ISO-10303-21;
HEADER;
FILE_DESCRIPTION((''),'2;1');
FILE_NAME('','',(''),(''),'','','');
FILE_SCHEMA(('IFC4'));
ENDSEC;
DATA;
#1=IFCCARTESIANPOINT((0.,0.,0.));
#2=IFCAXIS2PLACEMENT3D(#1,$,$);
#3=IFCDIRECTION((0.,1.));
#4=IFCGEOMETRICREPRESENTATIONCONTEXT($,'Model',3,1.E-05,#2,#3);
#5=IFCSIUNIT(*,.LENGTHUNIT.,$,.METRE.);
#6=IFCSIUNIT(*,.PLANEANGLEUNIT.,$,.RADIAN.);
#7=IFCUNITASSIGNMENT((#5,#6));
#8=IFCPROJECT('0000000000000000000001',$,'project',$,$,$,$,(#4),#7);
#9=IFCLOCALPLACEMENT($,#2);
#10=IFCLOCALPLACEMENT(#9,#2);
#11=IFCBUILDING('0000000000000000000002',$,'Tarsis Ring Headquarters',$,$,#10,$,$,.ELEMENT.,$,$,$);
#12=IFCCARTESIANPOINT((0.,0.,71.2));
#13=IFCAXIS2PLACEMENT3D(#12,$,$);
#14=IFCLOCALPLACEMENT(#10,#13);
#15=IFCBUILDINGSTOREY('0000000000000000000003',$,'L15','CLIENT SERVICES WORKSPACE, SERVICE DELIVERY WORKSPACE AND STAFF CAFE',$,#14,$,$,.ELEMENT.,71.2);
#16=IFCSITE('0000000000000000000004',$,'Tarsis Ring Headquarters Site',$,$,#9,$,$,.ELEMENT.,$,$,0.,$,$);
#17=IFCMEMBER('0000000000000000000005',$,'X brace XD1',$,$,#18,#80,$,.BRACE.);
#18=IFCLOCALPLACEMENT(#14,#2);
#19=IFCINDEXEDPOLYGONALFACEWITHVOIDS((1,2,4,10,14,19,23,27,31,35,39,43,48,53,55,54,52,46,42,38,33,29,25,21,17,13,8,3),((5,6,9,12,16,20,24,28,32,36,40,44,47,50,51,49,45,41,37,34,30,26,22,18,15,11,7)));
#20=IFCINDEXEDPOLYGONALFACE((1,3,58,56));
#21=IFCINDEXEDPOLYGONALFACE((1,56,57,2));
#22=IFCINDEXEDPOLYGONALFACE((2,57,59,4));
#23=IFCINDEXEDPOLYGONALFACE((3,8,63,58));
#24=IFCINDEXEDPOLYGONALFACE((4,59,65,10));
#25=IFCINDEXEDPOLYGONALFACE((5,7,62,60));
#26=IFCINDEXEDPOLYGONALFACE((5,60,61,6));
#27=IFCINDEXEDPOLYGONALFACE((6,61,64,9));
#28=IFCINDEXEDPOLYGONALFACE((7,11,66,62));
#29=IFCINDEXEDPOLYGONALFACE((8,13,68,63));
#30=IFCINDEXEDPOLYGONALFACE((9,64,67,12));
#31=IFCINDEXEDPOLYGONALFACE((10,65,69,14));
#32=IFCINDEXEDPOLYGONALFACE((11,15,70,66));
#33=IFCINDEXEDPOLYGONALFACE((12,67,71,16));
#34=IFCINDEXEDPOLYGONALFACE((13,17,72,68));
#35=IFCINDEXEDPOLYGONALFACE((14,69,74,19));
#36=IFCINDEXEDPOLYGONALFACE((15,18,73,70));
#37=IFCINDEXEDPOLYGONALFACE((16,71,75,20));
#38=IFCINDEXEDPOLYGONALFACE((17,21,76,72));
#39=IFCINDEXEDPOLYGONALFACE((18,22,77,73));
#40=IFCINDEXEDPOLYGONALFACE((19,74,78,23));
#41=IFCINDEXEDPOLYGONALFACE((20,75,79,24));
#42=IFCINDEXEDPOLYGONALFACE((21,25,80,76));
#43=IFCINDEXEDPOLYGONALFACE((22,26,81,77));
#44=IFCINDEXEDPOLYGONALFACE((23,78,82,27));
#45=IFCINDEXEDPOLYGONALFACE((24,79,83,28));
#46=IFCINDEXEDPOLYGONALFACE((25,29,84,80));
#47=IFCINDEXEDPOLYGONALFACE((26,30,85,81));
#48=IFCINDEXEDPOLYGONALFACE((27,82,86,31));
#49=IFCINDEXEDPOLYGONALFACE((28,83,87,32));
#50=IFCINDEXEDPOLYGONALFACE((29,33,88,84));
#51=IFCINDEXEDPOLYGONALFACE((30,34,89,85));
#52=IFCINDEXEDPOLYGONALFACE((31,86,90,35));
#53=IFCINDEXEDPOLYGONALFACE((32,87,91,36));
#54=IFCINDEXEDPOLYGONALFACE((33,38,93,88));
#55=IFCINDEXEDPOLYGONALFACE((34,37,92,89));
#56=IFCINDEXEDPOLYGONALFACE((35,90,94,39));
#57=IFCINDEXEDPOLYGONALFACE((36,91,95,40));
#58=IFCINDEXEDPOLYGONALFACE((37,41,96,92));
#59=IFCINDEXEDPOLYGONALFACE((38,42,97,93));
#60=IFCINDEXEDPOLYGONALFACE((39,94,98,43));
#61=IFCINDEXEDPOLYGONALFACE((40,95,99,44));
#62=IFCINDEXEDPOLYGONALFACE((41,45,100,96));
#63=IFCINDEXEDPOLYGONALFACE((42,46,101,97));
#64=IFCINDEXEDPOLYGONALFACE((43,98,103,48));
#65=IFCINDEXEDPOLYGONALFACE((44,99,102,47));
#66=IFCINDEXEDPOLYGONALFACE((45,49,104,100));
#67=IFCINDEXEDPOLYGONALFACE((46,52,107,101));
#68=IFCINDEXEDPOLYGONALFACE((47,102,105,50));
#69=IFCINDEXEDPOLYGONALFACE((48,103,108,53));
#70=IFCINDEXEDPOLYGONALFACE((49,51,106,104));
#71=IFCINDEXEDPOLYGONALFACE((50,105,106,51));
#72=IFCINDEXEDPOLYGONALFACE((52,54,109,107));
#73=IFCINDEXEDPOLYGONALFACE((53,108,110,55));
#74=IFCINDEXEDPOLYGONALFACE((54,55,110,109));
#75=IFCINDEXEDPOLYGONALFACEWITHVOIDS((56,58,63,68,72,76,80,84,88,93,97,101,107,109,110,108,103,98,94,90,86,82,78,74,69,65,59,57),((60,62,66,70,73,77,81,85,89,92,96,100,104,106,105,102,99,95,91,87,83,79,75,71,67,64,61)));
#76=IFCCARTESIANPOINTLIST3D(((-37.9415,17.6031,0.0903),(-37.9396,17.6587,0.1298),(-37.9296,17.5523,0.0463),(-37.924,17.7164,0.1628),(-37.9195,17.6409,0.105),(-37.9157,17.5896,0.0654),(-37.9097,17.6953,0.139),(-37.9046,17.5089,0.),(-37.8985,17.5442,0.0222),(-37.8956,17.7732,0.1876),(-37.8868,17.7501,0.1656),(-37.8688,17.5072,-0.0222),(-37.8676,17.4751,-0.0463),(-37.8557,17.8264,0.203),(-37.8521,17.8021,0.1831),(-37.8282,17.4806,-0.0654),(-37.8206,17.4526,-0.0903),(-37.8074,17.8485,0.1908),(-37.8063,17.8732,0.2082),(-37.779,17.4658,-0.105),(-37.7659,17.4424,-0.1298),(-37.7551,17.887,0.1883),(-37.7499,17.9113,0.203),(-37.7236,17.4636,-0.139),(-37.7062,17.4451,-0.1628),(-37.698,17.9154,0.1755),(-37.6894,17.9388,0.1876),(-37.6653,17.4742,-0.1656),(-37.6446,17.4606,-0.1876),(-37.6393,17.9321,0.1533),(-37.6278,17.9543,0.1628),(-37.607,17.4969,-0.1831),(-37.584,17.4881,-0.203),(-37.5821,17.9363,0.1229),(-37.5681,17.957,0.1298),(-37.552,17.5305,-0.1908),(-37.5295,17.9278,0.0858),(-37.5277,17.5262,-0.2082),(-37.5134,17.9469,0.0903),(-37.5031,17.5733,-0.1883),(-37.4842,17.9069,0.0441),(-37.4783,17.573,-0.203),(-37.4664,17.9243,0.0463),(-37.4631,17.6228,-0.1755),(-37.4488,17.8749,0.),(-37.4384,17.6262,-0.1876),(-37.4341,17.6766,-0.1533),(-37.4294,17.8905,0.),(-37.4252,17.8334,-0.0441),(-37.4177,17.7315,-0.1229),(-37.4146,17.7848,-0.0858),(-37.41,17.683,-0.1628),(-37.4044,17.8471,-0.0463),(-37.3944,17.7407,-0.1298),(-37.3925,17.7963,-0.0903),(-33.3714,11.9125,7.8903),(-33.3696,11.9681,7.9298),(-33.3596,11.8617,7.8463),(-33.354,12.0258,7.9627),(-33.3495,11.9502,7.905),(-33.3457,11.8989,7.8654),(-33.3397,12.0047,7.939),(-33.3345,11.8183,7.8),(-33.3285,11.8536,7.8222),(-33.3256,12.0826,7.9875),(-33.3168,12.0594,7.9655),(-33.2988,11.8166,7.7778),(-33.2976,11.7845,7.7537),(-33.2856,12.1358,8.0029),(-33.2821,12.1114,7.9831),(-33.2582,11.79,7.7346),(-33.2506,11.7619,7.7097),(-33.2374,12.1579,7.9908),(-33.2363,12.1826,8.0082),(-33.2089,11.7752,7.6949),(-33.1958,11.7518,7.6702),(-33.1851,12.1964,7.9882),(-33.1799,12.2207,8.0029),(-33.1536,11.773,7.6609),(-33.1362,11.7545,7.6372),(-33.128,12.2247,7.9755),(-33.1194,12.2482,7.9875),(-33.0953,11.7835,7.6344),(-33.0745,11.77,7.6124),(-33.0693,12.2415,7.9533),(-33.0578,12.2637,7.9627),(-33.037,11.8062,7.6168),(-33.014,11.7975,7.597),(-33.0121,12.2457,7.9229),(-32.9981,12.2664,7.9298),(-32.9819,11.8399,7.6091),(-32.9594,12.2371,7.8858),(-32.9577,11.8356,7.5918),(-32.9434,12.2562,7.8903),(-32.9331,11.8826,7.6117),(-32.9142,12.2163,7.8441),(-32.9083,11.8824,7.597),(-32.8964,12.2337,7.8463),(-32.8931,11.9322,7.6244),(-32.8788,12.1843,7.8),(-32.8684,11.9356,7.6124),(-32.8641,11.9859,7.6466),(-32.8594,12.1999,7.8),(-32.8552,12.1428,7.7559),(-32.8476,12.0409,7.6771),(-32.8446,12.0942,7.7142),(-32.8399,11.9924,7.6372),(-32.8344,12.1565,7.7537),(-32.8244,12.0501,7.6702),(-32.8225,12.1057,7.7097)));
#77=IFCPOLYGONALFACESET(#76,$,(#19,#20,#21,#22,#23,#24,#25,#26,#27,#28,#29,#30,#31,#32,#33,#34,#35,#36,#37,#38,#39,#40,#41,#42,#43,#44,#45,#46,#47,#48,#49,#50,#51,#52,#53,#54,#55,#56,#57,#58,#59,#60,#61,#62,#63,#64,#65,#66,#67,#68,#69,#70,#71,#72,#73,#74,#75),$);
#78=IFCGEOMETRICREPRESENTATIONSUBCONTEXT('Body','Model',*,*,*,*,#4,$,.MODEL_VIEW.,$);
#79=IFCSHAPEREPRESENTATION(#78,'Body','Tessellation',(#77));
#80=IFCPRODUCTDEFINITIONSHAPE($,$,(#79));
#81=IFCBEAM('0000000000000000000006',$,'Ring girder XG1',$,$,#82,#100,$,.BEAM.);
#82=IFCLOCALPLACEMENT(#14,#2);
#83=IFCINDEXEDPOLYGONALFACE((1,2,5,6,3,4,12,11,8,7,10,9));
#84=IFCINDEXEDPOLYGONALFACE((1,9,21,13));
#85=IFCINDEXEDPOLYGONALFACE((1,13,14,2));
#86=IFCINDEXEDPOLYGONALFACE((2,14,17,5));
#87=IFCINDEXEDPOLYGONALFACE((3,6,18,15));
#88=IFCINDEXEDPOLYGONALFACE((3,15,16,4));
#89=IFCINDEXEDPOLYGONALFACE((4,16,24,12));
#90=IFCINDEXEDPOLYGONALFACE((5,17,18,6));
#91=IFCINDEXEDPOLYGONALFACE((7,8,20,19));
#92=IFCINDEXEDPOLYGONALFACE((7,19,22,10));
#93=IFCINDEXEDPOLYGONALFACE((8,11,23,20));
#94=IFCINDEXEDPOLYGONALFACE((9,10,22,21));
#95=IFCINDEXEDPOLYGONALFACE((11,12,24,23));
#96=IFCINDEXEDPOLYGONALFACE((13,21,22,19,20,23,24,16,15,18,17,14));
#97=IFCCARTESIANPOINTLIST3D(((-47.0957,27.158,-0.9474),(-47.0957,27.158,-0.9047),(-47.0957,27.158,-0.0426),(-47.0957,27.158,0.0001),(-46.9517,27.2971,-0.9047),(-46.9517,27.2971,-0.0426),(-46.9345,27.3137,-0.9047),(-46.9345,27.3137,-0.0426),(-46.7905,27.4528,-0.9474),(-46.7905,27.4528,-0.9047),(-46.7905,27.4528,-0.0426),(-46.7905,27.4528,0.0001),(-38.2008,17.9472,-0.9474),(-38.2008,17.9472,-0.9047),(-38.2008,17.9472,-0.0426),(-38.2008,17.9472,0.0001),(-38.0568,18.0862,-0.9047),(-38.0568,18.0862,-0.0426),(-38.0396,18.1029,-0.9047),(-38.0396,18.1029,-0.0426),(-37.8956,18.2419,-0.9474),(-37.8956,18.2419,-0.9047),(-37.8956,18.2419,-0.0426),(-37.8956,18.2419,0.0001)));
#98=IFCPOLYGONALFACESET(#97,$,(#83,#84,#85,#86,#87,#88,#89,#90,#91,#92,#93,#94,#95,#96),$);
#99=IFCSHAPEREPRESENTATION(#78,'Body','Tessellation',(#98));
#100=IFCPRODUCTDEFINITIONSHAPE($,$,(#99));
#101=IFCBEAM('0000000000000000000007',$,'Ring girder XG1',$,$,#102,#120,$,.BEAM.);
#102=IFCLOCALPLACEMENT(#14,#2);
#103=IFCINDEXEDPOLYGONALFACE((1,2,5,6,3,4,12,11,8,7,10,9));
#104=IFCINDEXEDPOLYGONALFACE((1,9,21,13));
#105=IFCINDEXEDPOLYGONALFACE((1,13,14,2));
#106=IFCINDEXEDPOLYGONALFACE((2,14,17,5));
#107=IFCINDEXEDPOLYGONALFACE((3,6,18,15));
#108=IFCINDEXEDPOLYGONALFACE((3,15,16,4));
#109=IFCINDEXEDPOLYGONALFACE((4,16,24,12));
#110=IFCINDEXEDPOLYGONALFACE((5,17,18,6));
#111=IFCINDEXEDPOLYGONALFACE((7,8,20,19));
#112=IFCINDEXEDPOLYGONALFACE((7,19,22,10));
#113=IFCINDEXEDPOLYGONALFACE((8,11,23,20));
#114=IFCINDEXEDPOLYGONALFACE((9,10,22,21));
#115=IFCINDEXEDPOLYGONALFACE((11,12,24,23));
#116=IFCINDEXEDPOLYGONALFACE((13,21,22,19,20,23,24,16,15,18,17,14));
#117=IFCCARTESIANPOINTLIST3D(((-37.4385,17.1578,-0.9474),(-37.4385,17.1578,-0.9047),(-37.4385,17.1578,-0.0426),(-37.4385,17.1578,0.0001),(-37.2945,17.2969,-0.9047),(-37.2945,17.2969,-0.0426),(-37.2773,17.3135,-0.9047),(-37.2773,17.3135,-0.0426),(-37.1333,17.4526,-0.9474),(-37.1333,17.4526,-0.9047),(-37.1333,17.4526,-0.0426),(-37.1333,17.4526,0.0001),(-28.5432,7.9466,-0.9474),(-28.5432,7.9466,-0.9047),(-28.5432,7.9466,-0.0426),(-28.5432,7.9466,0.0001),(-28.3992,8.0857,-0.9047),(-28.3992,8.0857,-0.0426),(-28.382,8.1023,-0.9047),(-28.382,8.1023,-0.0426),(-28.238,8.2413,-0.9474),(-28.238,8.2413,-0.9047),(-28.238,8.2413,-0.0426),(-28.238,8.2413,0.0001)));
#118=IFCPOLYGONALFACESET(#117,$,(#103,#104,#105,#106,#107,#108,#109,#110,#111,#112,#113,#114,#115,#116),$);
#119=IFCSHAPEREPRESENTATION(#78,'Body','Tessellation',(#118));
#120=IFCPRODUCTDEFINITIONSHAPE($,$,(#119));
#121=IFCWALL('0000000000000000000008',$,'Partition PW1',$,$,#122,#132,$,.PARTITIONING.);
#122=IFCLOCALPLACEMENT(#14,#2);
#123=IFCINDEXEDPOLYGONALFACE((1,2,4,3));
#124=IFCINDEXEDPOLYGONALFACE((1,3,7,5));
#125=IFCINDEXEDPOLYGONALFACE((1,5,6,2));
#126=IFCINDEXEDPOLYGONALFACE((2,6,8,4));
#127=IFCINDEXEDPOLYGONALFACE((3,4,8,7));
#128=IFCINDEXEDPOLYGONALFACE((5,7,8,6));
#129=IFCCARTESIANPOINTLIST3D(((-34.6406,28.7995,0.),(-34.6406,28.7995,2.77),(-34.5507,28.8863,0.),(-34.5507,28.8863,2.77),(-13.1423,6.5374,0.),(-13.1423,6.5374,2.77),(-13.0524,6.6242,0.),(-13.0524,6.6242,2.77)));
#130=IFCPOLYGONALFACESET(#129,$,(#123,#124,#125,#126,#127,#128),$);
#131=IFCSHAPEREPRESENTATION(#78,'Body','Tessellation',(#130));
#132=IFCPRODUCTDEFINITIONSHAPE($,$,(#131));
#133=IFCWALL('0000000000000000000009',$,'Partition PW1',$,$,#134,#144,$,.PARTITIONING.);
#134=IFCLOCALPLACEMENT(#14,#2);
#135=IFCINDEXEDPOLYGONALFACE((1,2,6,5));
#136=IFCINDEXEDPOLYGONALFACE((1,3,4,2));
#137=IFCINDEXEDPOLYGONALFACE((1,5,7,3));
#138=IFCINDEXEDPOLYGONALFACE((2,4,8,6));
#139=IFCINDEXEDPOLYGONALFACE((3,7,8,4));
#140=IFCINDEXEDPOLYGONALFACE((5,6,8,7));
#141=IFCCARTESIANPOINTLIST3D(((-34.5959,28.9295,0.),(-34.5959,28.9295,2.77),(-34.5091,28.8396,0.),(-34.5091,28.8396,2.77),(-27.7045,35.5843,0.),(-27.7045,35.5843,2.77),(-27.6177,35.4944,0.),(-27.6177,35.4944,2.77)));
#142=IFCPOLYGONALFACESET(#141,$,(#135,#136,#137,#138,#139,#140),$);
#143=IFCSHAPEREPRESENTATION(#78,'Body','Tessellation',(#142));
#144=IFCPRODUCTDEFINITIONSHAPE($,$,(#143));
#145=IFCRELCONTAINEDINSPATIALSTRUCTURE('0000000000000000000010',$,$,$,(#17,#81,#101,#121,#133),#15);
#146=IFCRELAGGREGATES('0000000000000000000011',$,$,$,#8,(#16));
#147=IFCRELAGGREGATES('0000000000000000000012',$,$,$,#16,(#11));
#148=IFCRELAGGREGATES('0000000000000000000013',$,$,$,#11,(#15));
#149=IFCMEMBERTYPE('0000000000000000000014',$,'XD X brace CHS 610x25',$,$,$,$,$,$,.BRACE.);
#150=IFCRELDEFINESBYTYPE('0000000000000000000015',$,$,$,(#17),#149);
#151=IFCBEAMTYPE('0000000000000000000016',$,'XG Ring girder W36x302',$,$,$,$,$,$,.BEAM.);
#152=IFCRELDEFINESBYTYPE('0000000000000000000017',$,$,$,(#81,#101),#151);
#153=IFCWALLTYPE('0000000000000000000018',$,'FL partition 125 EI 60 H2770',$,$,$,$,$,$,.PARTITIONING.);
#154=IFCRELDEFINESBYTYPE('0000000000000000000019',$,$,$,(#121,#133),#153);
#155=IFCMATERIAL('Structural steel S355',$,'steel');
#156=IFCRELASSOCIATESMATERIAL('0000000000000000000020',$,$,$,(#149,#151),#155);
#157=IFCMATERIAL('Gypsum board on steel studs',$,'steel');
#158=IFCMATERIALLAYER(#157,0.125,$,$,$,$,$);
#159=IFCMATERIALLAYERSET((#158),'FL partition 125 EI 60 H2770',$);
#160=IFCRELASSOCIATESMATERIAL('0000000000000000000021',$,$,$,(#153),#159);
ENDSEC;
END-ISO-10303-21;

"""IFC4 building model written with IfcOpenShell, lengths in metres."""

from ifc_helpers import new_model, si_unit, direction, frame, frame_2d, origin, origin_2d, place, context, subcontext, project, spatial, rectangle, hollow_circle, i_section, extrude, material, layer, layer_set, material_profile, profile_set, type_object, element, save


model = new_model("IFC4")

# Units and contexts
model_context = context("Model", 3, precision=1e-05, world=origin(), true_north=direction((0.0, 1.0)))
body_context = subcontext(model_context, "Body", "Model", "MODEL_VIEW")
ifc_project = project(units=[si_unit("LENGTHUNIT", "METRE"), si_unit("PLANEANGLEUNIT", "RADIAN")], contexts=[model_context])

# Site, building, storey
site_placement = place(None, origin())
site = spatial("IfcSite", under=ifc_project, at=site_placement, Name="Tarsis Ring Headquarters Site", CompositionType="ELEMENT", RefElevation=0.0)
building_placement = place(site_placement, origin())
building = spatial("IfcBuilding", under=site, at=building_placement, Name="Tarsis Ring Headquarters", CompositionType="ELEMENT")
storey_placement = place(building_placement, frame((0.0, 0.0, 71.2)))
storey = spatial("IfcBuildingStorey", under=building, at=storey_placement, Name="L15", Description="CLIENT SERVICES WORKSPACE, SERVICE DELIVERY WORKSPACE AND STAFF CAFE", CompositionType="ELEMENT", Elevation=71.2)

# Member
ifc_material_1 = material(Name="Structural steel S355", Category="steel")
ifc_material_profile_1 = material_profile(ifc_material_1, hollow_circle(Radius=0.3047, WallThickness=0.0249, at=origin_2d()), Name="CHS 610x25")
ifc_profile_set_1 = profile_set([ifc_material_profile_1], Name="Structural steel S355")
member_type = type_object("IfcMemberType", Name="XD X brace CHS 610x25", PredefinedType="BRACE", material=ifc_profile_set_1)
member_placement = place(storey_placement, frame((-37.667, 17.6997, 0.0), z_axis=(0.42782, -0.532723, 0.730189), x_axis=(0.779696, 0.626158, 0.0)))
element("IfcMember", 1, at=member_placement, inside=storey, type_object=member_type, Name="X brace XD1", PredefinedType="BRACE", context=body_context, shape_type="SweptSolid", body=[
    extrude(hollow_circle(Radius=0.3047, WallThickness=0.0249, at=origin_2d()), origin(), (0.0, 0.0, 1.0), 10.6821),
])

# Beams
ifc_material_profile_2 = material_profile(ifc_material_1, i_section(OverallWidth=0.4243, OverallDepth=0.9475, WebThickness=0.0239, FlangeThickness=0.0427, at=origin_2d()), Name="W36x302")
ifc_profile_set_2 = profile_set([ifc_material_profile_2], Name="Structural steel S355")
beam_type = type_object("IfcBeamType", Name="XG Ring girder W36x302", PredefinedType="BEAM", material=ifc_profile_set_2)
beam_1_placement = place(storey_placement, frame((-46.9431, 27.3054, -0.4736), z_axis=(0.694663, -0.719335, 0.0), x_axis=(0.719335, 0.694663, 0.0)))
element("IfcBeam", 2, at=beam_1_placement, inside=storey, type_object=beam_type, Name="Ring girder XG1", PredefinedType="BEAM", context=body_context, shape_type="SweptSolid", body=[
    extrude(i_section(OverallWidth=0.4243, OverallDepth=0.9475, WebThickness=0.0239, FlangeThickness=0.0427, at=origin_2d()), origin(), (0.0, 0.0, 1.0), 12.8047),
])
beam_2_placement = place(storey_placement, frame((-37.2859, 17.3052, -0.4736), z_axis=(0.694664, -0.719335, 0.0), x_axis=(0.719335, 0.694664, 0.0)))
element("IfcBeam", 3, at=beam_2_placement, inside=storey, type_object=beam_type, Name="Ring girder XG1", PredefinedType="BEAM", context=body_context, shape_type="SweptSolid", body=[
    extrude(i_section(OverallWidth=0.4243, OverallDepth=0.9475, WebThickness=0.0239, FlangeThickness=0.0427, at=origin_2d()), origin(), (0.0, 0.0, 1.0), 12.8052),
])

# Walls
ifc_material_2 = material(Name="Gypsum board on steel studs", Category="steel")
ifc_layer_1 = layer(ifc_material_2, 0.125)
ifc_layer_set_1 = layer_set([ifc_layer_1], Name="FL partition 125 EI 60 H2770")
wall_type_1 = type_object("IfcWallType", Name="FL partition 125 EI 60 H2770", PredefinedType="PARTITIONING", material=ifc_layer_set_1)
wall_1_placement = place(storey_placement, frame((-34.5957, 28.843, 0.0), z_axis=(0.0, 0.0, 1.0), x_axis=(0.694657, -0.719341, 0.0)))
element("IfcWall", 4, at=wall_1_placement, inside=storey, type_object=wall_type_1, Name="Partition PW1", PredefinedType="PARTITIONING", context=body_context, shape_type="SweptSolid", body=[
    extrude(rectangle(XDim=30.948, YDim=0.125, at=frame_2d((15.4741, 0.0))), origin(), (0.0, 0.0, 1.0), 2.77),
])
wall_2_placement = place(storey_placement, frame((-34.5525, 28.8845, 0.0), z_axis=(0.0, 0.0, 1.0), x_axis=(0.719346, 0.694652, 0.0)))
element("IfcWall", 5, at=wall_2_placement, inside=storey, type_object=wall_type_1, Name="Partition PW1", PredefinedType="PARTITIONING", context=body_context, shape_type="SweptSolid", body=[
    extrude(rectangle(XDim=9.5801, YDim=0.125, at=frame_2d((4.79, 0.0))), origin(), (0.0, 0.0, 1.0), 2.77),
])

save(model, "model.ifc")
